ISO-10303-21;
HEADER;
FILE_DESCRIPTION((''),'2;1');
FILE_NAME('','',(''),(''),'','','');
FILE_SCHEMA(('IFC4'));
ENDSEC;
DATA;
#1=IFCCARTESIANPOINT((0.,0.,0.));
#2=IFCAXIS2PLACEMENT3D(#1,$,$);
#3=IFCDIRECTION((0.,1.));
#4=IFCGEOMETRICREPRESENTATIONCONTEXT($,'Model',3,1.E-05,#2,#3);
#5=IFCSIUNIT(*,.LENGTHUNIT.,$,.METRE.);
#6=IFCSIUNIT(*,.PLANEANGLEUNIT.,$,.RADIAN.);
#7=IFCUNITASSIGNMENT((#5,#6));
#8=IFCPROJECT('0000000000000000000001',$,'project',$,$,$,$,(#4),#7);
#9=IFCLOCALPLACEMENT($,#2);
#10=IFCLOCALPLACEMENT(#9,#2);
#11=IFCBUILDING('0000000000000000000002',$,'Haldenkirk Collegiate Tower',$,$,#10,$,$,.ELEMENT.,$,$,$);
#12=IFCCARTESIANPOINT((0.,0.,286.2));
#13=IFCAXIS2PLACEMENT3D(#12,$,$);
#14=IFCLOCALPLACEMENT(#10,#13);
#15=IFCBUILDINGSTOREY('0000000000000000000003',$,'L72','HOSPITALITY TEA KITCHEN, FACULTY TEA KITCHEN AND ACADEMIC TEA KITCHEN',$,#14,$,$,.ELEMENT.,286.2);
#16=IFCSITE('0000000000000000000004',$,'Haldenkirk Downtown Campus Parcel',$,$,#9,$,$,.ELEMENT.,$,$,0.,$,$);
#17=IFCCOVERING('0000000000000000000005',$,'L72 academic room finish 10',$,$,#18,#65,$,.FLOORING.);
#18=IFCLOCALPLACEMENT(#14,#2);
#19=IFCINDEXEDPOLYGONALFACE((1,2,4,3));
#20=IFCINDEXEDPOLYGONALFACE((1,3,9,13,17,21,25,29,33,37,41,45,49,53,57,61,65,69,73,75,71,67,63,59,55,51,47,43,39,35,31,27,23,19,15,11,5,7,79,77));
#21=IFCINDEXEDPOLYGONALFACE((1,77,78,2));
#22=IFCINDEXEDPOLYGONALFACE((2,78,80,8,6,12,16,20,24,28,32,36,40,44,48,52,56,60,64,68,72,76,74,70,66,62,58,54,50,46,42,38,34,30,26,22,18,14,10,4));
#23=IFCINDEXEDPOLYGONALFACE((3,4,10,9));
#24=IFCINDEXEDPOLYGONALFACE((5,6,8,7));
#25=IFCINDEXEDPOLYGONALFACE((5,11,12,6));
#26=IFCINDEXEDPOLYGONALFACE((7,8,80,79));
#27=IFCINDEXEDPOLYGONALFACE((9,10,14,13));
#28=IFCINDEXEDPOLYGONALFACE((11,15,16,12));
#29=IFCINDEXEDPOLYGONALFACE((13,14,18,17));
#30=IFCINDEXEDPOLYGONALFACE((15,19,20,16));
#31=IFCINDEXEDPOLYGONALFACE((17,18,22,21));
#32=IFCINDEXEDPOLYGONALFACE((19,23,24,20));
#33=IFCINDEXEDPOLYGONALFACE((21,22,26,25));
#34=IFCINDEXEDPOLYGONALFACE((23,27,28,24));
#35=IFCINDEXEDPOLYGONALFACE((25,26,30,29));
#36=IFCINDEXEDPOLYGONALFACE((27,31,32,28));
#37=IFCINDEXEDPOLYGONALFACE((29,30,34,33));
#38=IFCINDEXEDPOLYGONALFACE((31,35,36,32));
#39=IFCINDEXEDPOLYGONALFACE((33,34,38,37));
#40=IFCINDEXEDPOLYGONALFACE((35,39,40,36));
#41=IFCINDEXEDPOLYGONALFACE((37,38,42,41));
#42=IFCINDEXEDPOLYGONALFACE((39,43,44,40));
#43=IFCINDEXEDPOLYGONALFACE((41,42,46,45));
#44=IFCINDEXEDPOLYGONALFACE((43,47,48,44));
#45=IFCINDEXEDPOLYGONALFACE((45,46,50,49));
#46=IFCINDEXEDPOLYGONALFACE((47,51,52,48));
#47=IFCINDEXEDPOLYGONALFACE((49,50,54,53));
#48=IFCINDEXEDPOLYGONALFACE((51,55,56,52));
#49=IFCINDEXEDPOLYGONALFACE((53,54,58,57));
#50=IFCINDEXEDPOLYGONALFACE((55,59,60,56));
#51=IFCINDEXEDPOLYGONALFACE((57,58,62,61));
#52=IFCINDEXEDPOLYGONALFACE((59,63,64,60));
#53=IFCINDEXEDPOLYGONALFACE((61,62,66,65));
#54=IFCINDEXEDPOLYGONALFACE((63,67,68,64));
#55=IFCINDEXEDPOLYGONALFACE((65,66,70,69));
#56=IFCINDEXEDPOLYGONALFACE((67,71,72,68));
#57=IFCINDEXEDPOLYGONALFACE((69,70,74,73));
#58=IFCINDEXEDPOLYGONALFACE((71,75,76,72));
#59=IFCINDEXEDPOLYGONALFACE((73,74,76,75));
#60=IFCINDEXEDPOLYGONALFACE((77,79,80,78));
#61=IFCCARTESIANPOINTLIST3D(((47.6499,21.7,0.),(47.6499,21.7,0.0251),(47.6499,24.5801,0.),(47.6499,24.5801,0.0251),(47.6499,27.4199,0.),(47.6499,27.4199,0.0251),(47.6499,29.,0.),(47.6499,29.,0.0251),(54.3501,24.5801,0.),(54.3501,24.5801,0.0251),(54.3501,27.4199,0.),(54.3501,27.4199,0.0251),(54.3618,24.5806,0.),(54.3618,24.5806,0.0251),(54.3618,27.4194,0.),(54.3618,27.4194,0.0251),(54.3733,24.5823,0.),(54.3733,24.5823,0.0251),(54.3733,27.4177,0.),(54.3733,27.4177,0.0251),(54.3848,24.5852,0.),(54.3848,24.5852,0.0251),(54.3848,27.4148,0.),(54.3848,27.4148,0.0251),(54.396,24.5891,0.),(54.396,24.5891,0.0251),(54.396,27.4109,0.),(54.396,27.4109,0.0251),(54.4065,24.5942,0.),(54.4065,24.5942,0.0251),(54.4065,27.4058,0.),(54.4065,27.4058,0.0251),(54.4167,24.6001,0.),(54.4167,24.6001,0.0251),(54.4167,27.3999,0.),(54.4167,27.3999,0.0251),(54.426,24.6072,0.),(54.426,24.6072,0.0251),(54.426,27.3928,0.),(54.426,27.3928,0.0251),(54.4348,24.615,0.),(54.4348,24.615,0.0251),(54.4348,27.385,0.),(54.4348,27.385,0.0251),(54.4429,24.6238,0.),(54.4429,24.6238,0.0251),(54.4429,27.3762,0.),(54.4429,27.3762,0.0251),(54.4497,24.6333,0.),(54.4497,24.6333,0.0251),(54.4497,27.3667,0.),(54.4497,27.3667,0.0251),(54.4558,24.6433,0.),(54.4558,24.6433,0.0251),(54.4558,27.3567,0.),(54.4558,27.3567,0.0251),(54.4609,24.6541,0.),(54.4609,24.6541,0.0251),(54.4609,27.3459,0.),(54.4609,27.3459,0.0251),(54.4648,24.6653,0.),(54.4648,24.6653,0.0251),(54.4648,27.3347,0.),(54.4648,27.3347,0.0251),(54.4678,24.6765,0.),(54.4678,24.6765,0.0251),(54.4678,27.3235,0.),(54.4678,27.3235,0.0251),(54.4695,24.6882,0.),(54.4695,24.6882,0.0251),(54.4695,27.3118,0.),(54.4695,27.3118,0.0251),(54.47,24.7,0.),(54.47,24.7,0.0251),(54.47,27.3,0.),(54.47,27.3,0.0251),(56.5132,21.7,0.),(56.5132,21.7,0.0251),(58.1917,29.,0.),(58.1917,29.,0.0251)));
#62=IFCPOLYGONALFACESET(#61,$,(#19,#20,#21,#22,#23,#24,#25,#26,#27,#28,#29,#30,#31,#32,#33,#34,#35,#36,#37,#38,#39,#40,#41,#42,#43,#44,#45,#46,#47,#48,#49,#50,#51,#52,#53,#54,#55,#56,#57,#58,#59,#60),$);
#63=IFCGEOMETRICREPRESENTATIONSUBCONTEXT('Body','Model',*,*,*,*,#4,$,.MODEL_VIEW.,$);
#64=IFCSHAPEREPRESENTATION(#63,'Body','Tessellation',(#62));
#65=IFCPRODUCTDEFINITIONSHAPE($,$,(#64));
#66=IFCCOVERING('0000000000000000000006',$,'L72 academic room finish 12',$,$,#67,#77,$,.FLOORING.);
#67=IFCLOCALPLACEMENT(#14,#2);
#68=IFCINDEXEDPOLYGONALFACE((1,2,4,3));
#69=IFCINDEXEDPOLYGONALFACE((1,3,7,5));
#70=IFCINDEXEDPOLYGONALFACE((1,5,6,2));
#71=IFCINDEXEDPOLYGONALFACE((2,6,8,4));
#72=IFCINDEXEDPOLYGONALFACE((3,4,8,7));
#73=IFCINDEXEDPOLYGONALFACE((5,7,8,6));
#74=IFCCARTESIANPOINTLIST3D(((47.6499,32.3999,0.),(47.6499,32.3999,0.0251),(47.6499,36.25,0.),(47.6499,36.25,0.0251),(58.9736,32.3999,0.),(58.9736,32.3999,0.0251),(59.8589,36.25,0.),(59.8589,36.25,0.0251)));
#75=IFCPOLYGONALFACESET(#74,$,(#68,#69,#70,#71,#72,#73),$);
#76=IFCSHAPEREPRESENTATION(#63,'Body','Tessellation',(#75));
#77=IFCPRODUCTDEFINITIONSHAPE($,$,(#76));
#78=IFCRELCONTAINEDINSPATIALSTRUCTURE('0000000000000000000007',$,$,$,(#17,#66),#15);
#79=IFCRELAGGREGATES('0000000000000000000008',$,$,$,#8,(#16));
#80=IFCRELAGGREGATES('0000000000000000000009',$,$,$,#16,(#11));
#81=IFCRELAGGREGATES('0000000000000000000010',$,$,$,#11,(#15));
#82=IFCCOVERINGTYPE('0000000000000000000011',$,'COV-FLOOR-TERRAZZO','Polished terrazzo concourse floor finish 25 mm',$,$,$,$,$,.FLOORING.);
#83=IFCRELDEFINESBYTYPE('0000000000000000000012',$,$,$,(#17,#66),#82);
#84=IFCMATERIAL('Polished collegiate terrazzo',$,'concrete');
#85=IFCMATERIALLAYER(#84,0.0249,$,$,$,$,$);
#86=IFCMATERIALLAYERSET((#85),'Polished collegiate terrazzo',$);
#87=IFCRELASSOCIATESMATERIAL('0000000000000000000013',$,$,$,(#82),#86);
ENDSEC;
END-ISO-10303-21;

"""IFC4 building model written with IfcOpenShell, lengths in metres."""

from ifc_helpers import new_model, si_unit, direction, frame, origin, place, context, subcontext, project, spatial, polyline, outline, extrude, material, layer, layer_set, type_object, element, save


model = new_model("IFC4")

# Units and contexts
model_context = context("Model", 3, precision=1e-05, world=origin(), true_north=direction((0.0, 1.0)))
body_context = subcontext(model_context, "Body", "Model", "MODEL_VIEW")
ifc_project = project(units=[si_unit("LENGTHUNIT", "METRE"), si_unit("PLANEANGLEUNIT", "RADIAN")], contexts=[model_context])

# Site, building, storey
site_placement = place(None, origin())
site = spatial("IfcSite", under=ifc_project, at=site_placement, Name="Haldenkirk Downtown Campus Parcel", CompositionType="ELEMENT", RefElevation=0.0)
building_placement = place(site_placement, origin())
building = spatial("IfcBuilding", under=site, at=building_placement, Name="Haldenkirk Collegiate Tower", CompositionType="ELEMENT")
storey_placement = place(building_placement, frame((0.0, 0.0, 286.2)))
storey = spatial("IfcBuildingStorey", under=building, at=storey_placement, Name="L72", Description="HOSPITALITY TEA KITCHEN, FACULTY TEA KITCHEN AND ACADEMIC TEA KITCHEN", CompositionType="ELEMENT", Elevation=286.2)

# Coverings
ifc_material_1 = material(Name="Polished collegiate terrazzo", Category="concrete")
ifc_layer_1 = layer(ifc_material_1, 0.0249)
ifc_layer_set_1 = layer_set([ifc_layer_1], Name="Polished collegiate terrazzo")
covering_type_1 = type_object("IfcCoveringType", Name="COV-FLOOR-TERRAZZO", Description="Polished terrazzo concourse floor finish 25 mm", PredefinedType="FLOORING", material=ifc_layer_set_1)
covering_1_placement = place(storey_placement, origin())
element("IfcCovering", 1, at=covering_1_placement, inside=storey, type_object=covering_type_1, Name="L72 academic room finish 10", PredefinedType="FLOORING", context=body_context, shape_type="SweptSolid", body=[
    extrude(outline(polyline([(54.3501, 24.5801), (54.3618, 24.5806), (54.3733, 24.5823), (54.3848, 24.5852), (54.396, 24.5891), (54.4065, 24.5942), (54.4167, 24.6001), (54.426, 24.6072), (54.4348, 24.615), (54.4429, 24.6238), (54.4497, 24.6333), (54.4558, 24.6433), (54.4609, 24.6541), (54.4648, 24.6653), (54.4678, 24.6765), (54.4695, 24.6882), (54.47, 24.7), (54.47, 27.3), (54.4695, 27.3118), (54.4678, 27.3235), (54.4648, 27.3347), (54.4609, 27.3459), (54.4558, 27.3567), (54.4497, 27.3667), (54.4429, 27.3762), (54.4348, 27.385), (54.426, 27.3928), (54.4167, 27.3999), (54.4065, 27.4058), (54.396, 27.4109), (54.3848, 27.4148), (54.3733, 27.4177), (54.3618, 27.4194), (54.3501, 27.4199), (47.6499, 27.4199), (47.6499, 29.0), (58.1917, 29.0), (56.5132, 21.7), (47.6499, 21.7), (47.6499, 24.5801), (54.3501, 24.5801)])), origin(), (0.0, 0.0, 1.0), 0.0251),
])
covering_2_placement = place(storey_placement, origin())
element("IfcCovering", 2, at=covering_2_placement, inside=storey, type_object=covering_type_1, Name="L72 academic room finish 12", PredefinedType="FLOORING", context=body_context, shape_type="SweptSolid", body=[
    extrude(outline(polyline([(58.9736, 32.3999), (47.6499, 32.3999), (47.6499, 36.25), (59.8589, 36.25), (58.9736, 32.3999)])), origin(), (0.0, 0.0, 1.0), 0.0251),
])

save(model, "model.ifc")
